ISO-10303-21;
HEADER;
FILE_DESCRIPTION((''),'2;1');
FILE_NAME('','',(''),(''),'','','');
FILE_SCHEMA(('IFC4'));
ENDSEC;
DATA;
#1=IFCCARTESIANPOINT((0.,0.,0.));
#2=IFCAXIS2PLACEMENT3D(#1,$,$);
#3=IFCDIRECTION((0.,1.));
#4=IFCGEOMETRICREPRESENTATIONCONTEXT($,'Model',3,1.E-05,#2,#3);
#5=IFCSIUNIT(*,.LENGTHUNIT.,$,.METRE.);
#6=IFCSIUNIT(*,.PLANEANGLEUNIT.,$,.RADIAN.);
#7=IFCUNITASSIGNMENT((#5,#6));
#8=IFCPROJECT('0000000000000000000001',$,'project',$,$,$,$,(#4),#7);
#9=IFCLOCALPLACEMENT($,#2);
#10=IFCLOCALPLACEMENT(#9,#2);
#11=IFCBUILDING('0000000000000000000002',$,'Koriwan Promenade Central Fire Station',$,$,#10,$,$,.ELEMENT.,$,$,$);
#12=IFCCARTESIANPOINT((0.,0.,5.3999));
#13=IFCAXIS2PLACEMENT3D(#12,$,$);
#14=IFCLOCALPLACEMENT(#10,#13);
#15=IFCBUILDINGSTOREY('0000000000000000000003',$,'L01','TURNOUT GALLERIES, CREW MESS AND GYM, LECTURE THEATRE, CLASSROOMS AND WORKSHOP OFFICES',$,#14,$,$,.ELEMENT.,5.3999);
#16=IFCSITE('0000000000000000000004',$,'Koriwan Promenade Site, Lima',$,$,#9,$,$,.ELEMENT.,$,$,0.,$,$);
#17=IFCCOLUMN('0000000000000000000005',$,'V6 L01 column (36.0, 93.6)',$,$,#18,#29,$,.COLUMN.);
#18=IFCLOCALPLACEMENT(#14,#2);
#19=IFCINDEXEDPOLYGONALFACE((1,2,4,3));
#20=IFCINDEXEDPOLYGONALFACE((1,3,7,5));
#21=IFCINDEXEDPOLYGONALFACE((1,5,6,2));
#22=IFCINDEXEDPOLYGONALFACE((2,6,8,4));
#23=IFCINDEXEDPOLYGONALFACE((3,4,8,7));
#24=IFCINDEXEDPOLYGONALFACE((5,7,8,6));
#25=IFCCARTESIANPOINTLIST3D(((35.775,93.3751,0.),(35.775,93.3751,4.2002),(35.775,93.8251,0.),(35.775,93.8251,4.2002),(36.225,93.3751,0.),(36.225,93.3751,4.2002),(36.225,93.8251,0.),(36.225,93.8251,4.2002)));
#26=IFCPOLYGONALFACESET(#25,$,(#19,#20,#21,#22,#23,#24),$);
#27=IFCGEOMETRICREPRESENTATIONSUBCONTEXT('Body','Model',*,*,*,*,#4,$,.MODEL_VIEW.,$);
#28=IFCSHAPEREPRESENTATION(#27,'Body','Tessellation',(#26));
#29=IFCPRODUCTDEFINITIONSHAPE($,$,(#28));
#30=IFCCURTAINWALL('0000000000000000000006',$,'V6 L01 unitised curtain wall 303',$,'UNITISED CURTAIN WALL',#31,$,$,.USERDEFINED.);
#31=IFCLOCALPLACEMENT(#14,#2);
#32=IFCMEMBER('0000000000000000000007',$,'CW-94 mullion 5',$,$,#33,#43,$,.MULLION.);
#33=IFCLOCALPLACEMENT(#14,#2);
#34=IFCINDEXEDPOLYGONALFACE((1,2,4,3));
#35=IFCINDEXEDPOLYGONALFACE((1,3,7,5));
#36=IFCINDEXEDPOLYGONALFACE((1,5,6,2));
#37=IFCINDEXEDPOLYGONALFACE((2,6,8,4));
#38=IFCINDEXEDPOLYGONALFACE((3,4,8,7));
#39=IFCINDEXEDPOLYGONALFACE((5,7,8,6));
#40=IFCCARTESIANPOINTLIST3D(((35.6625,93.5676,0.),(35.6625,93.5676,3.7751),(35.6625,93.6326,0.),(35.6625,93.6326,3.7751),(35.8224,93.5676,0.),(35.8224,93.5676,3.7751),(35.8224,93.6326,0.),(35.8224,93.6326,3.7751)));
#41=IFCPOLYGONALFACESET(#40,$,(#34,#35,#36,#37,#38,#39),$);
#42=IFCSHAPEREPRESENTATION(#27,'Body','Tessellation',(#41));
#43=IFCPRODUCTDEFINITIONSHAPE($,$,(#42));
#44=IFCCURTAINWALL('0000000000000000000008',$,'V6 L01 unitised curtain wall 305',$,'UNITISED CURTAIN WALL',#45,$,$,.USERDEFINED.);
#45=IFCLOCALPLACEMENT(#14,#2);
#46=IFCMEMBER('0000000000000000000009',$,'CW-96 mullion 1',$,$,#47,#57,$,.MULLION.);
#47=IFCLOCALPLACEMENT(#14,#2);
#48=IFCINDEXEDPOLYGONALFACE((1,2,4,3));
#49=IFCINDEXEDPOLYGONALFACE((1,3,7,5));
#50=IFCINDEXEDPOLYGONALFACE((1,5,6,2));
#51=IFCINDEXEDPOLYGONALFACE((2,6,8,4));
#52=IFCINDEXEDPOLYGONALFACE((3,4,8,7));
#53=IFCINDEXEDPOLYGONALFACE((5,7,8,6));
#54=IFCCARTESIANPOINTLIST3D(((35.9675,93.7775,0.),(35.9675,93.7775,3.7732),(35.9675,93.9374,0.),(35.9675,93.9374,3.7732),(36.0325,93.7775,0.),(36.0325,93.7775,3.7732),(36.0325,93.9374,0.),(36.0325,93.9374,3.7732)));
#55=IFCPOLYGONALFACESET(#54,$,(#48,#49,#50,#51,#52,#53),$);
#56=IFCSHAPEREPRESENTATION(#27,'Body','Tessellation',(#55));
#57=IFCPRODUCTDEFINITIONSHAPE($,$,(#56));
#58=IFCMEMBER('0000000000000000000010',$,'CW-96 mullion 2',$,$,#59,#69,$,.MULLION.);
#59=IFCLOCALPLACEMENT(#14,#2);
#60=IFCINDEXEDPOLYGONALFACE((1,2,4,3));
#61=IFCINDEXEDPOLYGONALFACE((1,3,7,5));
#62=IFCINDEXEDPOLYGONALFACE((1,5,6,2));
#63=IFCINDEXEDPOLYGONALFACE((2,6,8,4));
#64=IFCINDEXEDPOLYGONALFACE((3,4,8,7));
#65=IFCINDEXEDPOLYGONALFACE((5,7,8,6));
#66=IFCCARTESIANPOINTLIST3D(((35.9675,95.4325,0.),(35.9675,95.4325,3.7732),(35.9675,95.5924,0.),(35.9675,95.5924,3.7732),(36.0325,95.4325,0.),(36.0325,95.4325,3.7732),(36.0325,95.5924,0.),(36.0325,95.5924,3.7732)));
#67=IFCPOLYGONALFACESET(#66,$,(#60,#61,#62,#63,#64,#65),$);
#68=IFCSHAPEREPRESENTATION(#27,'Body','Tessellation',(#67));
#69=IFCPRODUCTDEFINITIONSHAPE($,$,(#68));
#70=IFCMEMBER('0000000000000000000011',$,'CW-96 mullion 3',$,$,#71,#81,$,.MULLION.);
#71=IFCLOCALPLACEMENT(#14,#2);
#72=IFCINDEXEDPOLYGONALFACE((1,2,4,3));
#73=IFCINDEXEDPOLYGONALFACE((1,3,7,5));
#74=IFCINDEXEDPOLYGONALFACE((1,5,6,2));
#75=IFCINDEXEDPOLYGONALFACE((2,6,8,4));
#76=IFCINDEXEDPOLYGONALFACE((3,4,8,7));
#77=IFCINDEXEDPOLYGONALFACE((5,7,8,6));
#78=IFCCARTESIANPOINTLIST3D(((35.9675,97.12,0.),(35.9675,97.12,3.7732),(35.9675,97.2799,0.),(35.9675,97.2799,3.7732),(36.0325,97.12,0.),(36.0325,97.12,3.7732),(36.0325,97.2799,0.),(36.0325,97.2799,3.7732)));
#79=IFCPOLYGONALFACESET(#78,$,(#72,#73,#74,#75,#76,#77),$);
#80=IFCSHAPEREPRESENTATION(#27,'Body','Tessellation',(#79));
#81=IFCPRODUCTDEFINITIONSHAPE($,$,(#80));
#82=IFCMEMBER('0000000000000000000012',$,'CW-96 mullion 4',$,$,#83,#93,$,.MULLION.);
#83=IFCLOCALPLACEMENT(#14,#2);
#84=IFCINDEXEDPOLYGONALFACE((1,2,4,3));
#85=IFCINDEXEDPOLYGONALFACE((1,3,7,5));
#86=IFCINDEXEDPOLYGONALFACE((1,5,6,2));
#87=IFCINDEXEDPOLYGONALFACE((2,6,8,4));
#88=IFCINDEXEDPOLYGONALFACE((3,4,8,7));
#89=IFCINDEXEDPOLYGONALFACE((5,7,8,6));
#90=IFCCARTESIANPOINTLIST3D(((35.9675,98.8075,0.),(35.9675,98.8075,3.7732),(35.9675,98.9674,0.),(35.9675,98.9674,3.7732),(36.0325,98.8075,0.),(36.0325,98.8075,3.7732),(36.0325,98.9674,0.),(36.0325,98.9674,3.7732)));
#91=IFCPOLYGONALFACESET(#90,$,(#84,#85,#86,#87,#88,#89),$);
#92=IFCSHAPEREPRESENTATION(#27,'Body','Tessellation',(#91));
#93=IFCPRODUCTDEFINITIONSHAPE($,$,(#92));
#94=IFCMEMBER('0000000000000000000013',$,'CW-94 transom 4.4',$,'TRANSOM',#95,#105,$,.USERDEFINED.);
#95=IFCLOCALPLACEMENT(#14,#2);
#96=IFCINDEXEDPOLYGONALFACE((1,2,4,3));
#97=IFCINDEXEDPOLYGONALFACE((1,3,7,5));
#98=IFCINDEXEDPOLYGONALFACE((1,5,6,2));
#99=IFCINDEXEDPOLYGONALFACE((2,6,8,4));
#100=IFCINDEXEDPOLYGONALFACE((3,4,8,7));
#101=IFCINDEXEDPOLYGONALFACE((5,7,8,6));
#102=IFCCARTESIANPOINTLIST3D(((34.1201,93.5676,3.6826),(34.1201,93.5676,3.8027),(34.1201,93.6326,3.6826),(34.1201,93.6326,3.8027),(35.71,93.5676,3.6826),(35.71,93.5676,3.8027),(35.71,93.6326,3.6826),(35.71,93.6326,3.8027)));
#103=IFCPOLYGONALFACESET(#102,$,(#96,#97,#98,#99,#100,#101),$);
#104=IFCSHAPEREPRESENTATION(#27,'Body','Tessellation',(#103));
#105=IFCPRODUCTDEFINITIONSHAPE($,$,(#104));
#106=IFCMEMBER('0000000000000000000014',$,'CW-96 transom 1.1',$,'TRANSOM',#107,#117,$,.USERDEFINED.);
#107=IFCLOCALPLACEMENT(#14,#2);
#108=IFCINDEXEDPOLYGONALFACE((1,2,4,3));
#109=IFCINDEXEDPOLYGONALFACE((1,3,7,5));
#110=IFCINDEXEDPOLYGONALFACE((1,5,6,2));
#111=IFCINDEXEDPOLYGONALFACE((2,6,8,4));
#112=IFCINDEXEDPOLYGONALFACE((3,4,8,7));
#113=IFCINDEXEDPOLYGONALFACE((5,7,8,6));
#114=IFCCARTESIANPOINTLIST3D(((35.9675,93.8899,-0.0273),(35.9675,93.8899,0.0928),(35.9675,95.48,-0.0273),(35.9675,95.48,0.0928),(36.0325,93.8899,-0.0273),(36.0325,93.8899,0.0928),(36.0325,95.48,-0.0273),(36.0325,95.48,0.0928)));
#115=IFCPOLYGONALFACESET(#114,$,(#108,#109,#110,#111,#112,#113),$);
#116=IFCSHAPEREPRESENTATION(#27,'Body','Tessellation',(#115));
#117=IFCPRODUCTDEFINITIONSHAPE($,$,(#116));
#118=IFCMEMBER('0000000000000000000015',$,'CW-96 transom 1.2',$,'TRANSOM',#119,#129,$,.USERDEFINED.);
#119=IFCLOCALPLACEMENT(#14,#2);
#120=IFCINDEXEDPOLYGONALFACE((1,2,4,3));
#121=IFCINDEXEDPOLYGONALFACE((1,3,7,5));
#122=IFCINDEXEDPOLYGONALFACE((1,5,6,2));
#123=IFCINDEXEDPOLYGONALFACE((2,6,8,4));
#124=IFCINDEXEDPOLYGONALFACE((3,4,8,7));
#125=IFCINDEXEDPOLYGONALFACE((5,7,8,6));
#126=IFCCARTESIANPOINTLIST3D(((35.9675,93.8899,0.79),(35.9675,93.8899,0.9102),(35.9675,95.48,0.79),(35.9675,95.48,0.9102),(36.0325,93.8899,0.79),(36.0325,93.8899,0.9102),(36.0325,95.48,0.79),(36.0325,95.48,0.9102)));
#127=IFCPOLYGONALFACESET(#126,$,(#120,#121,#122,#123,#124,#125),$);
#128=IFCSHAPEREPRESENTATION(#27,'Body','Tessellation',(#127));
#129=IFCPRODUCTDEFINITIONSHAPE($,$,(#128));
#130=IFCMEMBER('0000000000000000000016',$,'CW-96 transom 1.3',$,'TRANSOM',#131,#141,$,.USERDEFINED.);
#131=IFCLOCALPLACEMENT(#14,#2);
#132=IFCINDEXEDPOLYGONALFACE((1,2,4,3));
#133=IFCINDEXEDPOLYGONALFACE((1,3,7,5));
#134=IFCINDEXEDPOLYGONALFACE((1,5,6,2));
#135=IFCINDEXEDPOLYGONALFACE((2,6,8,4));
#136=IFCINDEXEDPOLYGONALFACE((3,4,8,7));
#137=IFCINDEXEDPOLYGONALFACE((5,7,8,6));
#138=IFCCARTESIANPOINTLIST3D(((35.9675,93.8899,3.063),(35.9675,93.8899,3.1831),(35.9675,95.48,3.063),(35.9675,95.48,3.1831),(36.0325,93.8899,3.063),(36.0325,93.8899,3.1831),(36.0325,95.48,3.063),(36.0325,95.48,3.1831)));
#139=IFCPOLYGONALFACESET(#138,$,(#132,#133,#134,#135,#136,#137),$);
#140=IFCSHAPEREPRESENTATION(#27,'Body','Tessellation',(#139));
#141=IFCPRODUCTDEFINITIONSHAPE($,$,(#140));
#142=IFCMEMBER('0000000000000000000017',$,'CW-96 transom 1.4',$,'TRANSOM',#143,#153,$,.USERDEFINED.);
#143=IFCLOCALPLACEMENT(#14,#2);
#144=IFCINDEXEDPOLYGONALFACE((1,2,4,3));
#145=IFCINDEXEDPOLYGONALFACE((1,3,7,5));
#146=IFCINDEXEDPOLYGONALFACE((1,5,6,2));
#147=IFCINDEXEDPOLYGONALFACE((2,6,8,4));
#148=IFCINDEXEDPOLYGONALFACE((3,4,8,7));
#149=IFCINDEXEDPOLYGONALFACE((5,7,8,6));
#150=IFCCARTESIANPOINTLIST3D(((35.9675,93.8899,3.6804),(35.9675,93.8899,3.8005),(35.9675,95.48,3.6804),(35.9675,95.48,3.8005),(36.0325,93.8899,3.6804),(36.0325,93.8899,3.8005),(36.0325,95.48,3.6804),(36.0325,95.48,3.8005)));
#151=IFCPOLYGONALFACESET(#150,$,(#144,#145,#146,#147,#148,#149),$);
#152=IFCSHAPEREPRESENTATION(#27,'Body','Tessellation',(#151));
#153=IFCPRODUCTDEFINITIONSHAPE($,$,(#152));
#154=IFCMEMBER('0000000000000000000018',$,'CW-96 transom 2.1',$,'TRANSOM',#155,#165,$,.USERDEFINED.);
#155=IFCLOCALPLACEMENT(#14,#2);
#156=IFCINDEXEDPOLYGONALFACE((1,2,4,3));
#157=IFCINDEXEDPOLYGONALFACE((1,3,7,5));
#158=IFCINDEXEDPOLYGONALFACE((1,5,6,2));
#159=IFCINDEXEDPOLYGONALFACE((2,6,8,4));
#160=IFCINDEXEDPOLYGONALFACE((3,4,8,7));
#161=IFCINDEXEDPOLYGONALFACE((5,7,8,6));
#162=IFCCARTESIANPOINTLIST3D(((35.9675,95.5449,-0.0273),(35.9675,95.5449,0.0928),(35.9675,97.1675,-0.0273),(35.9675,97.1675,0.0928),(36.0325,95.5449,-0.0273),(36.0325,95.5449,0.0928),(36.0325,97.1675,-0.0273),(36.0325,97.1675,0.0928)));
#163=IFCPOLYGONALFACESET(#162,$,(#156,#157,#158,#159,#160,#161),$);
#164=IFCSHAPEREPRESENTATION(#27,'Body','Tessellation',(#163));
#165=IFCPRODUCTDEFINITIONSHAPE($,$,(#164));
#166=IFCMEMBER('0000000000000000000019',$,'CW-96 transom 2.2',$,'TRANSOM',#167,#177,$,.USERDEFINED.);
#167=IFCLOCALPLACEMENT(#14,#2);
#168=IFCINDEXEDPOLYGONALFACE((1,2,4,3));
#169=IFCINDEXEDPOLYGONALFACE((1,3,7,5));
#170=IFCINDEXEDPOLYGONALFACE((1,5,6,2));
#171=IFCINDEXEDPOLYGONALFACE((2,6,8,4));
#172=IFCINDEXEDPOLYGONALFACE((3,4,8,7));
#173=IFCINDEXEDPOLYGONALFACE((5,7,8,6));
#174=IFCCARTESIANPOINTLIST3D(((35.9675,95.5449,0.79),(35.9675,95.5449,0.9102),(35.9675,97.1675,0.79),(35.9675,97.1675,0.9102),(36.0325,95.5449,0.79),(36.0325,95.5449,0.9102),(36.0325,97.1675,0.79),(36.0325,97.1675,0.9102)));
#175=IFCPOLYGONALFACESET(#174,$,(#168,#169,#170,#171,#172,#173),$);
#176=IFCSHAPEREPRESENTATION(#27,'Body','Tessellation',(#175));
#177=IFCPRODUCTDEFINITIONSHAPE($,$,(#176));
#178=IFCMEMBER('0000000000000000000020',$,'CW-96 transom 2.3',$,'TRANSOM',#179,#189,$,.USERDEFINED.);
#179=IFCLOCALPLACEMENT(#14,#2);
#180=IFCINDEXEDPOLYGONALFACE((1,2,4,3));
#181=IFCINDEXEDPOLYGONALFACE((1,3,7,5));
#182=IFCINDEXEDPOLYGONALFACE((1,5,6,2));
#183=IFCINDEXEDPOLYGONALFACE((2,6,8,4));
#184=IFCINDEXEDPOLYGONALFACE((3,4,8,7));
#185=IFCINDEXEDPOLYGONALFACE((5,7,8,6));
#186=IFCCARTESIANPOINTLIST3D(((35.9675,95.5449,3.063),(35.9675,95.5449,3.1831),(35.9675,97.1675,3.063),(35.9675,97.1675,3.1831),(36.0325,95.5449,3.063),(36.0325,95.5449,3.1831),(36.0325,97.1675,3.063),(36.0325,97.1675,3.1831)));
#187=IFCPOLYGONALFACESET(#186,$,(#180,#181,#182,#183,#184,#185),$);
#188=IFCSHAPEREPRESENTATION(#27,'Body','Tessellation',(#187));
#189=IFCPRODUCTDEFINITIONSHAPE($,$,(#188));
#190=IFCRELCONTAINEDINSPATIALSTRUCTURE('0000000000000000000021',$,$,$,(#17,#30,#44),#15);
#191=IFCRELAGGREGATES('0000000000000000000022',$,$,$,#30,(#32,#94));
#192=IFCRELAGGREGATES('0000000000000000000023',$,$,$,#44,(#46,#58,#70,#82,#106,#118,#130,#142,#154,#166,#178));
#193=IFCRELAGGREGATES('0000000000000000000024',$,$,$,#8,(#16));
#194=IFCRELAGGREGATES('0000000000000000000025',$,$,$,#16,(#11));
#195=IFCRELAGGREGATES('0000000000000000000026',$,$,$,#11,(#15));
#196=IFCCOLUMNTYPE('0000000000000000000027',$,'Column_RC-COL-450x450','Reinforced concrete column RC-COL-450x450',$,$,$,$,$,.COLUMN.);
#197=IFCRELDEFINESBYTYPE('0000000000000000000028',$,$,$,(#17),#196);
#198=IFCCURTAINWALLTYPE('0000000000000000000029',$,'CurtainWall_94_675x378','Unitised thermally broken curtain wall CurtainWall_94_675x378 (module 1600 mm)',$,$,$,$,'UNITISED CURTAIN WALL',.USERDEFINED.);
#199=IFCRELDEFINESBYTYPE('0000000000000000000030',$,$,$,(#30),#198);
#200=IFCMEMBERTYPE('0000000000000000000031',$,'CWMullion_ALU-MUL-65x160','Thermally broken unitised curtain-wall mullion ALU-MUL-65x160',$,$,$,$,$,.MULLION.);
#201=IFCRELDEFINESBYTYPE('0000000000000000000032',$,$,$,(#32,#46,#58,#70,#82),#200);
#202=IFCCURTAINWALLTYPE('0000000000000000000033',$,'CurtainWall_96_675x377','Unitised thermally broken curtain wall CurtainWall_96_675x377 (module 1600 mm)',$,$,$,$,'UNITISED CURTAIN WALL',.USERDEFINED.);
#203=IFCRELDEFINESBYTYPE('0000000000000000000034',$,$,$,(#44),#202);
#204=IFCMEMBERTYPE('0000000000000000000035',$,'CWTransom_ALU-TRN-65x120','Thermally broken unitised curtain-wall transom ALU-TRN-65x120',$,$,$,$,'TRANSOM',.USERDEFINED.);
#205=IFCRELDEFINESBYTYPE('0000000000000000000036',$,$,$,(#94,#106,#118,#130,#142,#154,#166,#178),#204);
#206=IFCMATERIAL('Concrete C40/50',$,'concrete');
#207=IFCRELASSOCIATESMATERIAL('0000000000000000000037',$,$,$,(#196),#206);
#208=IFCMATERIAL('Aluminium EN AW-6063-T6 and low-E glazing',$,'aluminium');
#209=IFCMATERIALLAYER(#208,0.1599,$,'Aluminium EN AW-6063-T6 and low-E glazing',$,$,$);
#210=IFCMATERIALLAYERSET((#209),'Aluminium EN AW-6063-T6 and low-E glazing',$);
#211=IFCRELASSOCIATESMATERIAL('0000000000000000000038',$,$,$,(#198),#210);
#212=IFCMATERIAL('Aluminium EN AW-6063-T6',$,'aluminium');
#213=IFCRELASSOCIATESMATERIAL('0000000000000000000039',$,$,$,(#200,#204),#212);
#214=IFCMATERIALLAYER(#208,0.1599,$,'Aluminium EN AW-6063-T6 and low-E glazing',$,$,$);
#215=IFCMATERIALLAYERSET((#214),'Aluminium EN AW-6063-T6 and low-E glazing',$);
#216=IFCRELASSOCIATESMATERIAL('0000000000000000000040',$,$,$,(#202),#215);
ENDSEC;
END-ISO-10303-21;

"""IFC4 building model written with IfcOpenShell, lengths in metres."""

from ifc_helpers import new_model, si_unit, direction, frame, origin, origin_2d, place, context, subcontext, project, spatial, rectangle, extrude, material, layer, layer_set, material_profile, profile_set, type_object, element, aggregate, save


model = new_model("IFC4")

# Units and contexts
model_context = context("Model", 3, precision=1e-05, world=origin(), true_north=direction((0.0, 1.0)))
body_context = subcontext(model_context, "Body", "Model", "MODEL_VIEW")
ifc_project = project(units=[si_unit("LENGTHUNIT", "METRE"), si_unit("PLANEANGLEUNIT", "RADIAN")], contexts=[model_context])

# Site, building, storey
site_placement = place(None, origin())
site = spatial("IfcSite", under=ifc_project, at=site_placement, Name="Koriwan Promenade Site, Lima", CompositionType="ELEMENT", RefElevation=0.0)
building_placement = place(site_placement, origin())
building = spatial("IfcBuilding", under=site, at=building_placement, Name="Koriwan Promenade Central Fire Station", CompositionType="ELEMENT")
storey_placement = place(building_placement, frame((0.0, 0.0, 5.3999)))
storey = spatial("IfcBuildingStorey", under=building, at=storey_placement, Name="L01", Description="TURNOUT GALLERIES, CREW MESS AND GYM, LECTURE THEATRE, CLASSROOMS AND WORKSHOP OFFICES", CompositionType="ELEMENT", Elevation=5.3999)

# Column
ifc_material_1 = material(Name="Concrete C40/50", Category="concrete")
ifc_material_profile_1 = material_profile(ifc_material_1, rectangle(XDim=0.45, YDim=0.45, at=origin_2d()), Name="RC-COL-450x450")
ifc_profile_set_1 = profile_set([ifc_material_profile_1], Name="Concrete C40/50")
column_type = type_object("IfcColumnType", Name="Column_RC-COL-450x450", Description="Reinforced concrete column RC-COL-450x450", PredefinedType="COLUMN", material=ifc_profile_set_1)
column_placement = place(storey_placement, frame((36.0, 93.6001, 0.0), z_axis=(0.0, 0.0, 1.0), x_axis=(1.0, 0.0, 0.0)))
element("IfcColumn", 1, at=column_placement, inside=storey, type_object=column_type, Name="V6 L01 column (36.0, 93.6)", PredefinedType="COLUMN", context=body_context, shape_type="SweptSolid", body=[
    extrude(rectangle(XDim=0.45, YDim=0.45, at=origin_2d()), origin(), (0.0, 0.0, 1.0), 4.2002),
])

# Curtain wall, member
ifc_material_2 = material(Name="Aluminium EN AW-6063-T6 and low-E glazing", Category="aluminium")
ifc_layer_1 = layer(ifc_material_2, 0.1599, Name="Aluminium EN AW-6063-T6 and low-E glazing")
ifc_layer_set_1 = layer_set([ifc_layer_1], Name="Aluminium EN AW-6063-T6 and low-E glazing")
curtain_wall_type_1 = type_object("IfcCurtainWallType", Name="CurtainWall_94_675x378", Description="Unitised thermally broken curtain wall CurtainWall_94_675x378 (module 1600 mm)", ElementType="UNITISED CURTAIN WALL", PredefinedType="USERDEFINED", material=ifc_layer_set_1)
curtain_wall_1_placement = place(storey_placement, origin())
curtain_wall_1 = element("IfcCurtainWall", 2, at=curtain_wall_1_placement, inside=storey, type_object=curtain_wall_type_1, Name="V6 L01 unitised curtain wall 303", ObjectType="UNITISED CURTAIN WALL", PredefinedType="USERDEFINED")
ifc_material_3 = material(Name="Aluminium EN AW-6063-T6", Category="aluminium")
ifc_material_profile_2 = material_profile(ifc_material_3, rectangle(XDim=0.0649, YDim=0.1599, at=origin_2d()), Name="ALU-MUL-65x160")
ifc_profile_set_2 = profile_set([ifc_material_profile_2], Name="Aluminium EN AW-6063-T6")
member_type_1 = type_object("IfcMemberType", Name="CWMullion_ALU-MUL-65x160", Description="Thermally broken unitised curtain-wall mullion ALU-MUL-65x160", PredefinedType="MULLION", material=ifc_profile_set_2)
member_1_placement = place(storey_placement, frame((35.7424, 93.6001, 0.0), z_axis=(0.0, 0.0, 1.0), x_axis=(0.0, 1.0, 0.0)))
member_1 = element("IfcMember", 3, at=member_1_placement, type_object=member_type_1, Name="CW-94 mullion 5", PredefinedType="MULLION", context=body_context, shape_type="SweptSolid", body=[
    extrude(rectangle(XDim=0.0649, YDim=0.1599, at=origin_2d()), origin(), (0.0, 0.0, 1.0), 3.7751),
])

# Curtain wall, members
ifc_layer_2 = layer(ifc_material_2, 0.1599, Name="Aluminium EN AW-6063-T6 and low-E glazing")
ifc_layer_set_2 = layer_set([ifc_layer_2], Name="Aluminium EN AW-6063-T6 and low-E glazing")
curtain_wall_type_2 = type_object("IfcCurtainWallType", Name="CurtainWall_96_675x377", Description="Unitised thermally broken curtain wall CurtainWall_96_675x377 (module 1600 mm)", ElementType="UNITISED CURTAIN WALL", PredefinedType="USERDEFINED", material=ifc_layer_set_2)
curtain_wall_2_placement = place(storey_placement, origin())
curtain_wall_2 = element("IfcCurtainWall", 4, at=curtain_wall_2_placement, inside=storey, type_object=curtain_wall_type_2, Name="V6 L01 unitised curtain wall 305", ObjectType="UNITISED CURTAIN WALL", PredefinedType="USERDEFINED")
member_2_placement = place(storey_placement, frame((36.0, 93.8574, 0.0), z_axis=(0.0, 0.0, 1.0), x_axis=(-1.0, 0.0, 0.0)))
member_2 = element("IfcMember", 5, at=member_2_placement, type_object=member_type_1, Name="CW-96 mullion 1", PredefinedType="MULLION", context=body_context, shape_type="SweptSolid", body=[
    extrude(rectangle(XDim=0.0649, YDim=0.1599, at=origin_2d()), origin(), (0.0, 0.0, 1.0), 3.7732),
])
member_3_placement = place(storey_placement, frame((36.0, 95.5125, 0.0), z_axis=(0.0, 0.0, 1.0), x_axis=(-1.0, 0.0, 0.0)))
member_3 = element("IfcMember", 6, at=member_3_placement, type_object=member_type_1, Name="CW-96 mullion 2", PredefinedType="MULLION", context=body_context, shape_type="SweptSolid", body=[
    extrude(rectangle(XDim=0.0649, YDim=0.1599, at=origin_2d()), origin(), (0.0, 0.0, 1.0), 3.7732),
])
member_4_placement = place(storey_placement, frame((36.0, 97.2, 0.0), z_axis=(0.0, 0.0, 1.0), x_axis=(-1.0, 0.0, 0.0)))
member_4 = element("IfcMember", 7, at=member_4_placement, type_object=member_type_1, Name="CW-96 mullion 3", PredefinedType="MULLION", context=body_context, shape_type="SweptSolid", body=[
    extrude(rectangle(XDim=0.0649, YDim=0.1599, at=origin_2d()), origin(), (0.0, 0.0, 1.0), 3.7732),
])
member_5_placement = place(storey_placement, frame((36.0, 98.8875, 0.0), z_axis=(0.0, 0.0, 1.0), x_axis=(-1.0, 0.0, 0.0)))
member_5 = element("IfcMember", 8, at=member_5_placement, type_object=member_type_1, Name="CW-96 mullion 4", PredefinedType="MULLION", context=body_context, shape_type="SweptSolid", body=[
    extrude(rectangle(XDim=0.0649, YDim=0.1599, at=origin_2d()), origin(), (0.0, 0.0, 1.0), 3.7732),
])

# Members
ifc_material_profile_3 = material_profile(ifc_material_3, rectangle(XDim=0.0649, YDim=0.1201, at=origin_2d()), Name="ALU-TRN-65x120")
ifc_profile_set_3 = profile_set([ifc_material_profile_3], Name="Aluminium EN AW-6063-T6")
member_type_2 = type_object("IfcMemberType", Name="CWTransom_ALU-TRN-65x120", Description="Thermally broken unitised curtain-wall transom ALU-TRN-65x120", ElementType="TRANSOM", PredefinedType="USERDEFINED", material=ifc_profile_set_3)
member_6_placement = place(storey_placement, frame((34.1201, 93.6001, 3.7427), z_axis=(1.0, 0.0, 0.0), x_axis=(0.0, 1.0, 0.0)))
member_6 = element("IfcMember", 9, at=member_6_placement, type_object=member_type_2, Name="CW-94 transom 4.4", ObjectType="TRANSOM", PredefinedType="USERDEFINED", context=body_context, shape_type="SweptSolid", body=[
    extrude(rectangle(XDim=0.0649, YDim=0.1201, at=origin_2d()), origin(), (0.0, 0.0, 1.0), 1.5898),
])
member_7_placement = place(storey_placement, frame((36.0, 93.8899, 0.0327), z_axis=(0.0, 1.0, 0.0), x_axis=(-1.0, 0.0, 0.0)))
member_7 = element("IfcMember", 10, at=member_7_placement, type_object=member_type_2, Name="CW-96 transom 1.1", ObjectType="TRANSOM", PredefinedType="USERDEFINED", context=body_context, shape_type="SweptSolid", body=[
    extrude(rectangle(XDim=0.0649, YDim=0.1201, at=origin_2d()), origin(), (0.0, 0.0, 1.0), 1.5901),
])
member_8_placement = place(storey_placement, frame((36.0, 93.8899, 0.8501), z_axis=(0.0, 1.0, 0.0), x_axis=(-1.0, 0.0, 0.0)))
member_8 = element("IfcMember", 11, at=member_8_placement, type_object=member_type_2, Name="CW-96 transom 1.2", ObjectType="TRANSOM", PredefinedType="USERDEFINED", context=body_context, shape_type="SweptSolid", body=[
    extrude(rectangle(XDim=0.0649, YDim=0.1201, at=origin_2d()), origin(), (0.0, 0.0, 1.0), 1.5901),
])
member_9_placement = place(storey_placement, frame((36.0, 93.8899, 3.123), z_axis=(0.0, 1.0, 0.0), x_axis=(-1.0, 0.0, 0.0)))
member_9 = element("IfcMember", 12, at=member_9_placement, type_object=member_type_2, Name="CW-96 transom 1.3", ObjectType="TRANSOM", PredefinedType="USERDEFINED", context=body_context, shape_type="SweptSolid", body=[
    extrude(rectangle(XDim=0.0649, YDim=0.1201, at=origin_2d()), origin(), (0.0, 0.0, 1.0), 1.5901),
])
member_10_placement = place(storey_placement, frame((36.0, 93.8899, 3.7405), z_axis=(0.0, 1.0, 0.0), x_axis=(-1.0, 0.0, 0.0)))
member_10 = element("IfcMember", 13, at=member_10_placement, type_object=member_type_2, Name="CW-96 transom 1.4", ObjectType="TRANSOM", PredefinedType="USERDEFINED", context=body_context, shape_type="SweptSolid", body=[
    extrude(rectangle(XDim=0.0649, YDim=0.1201, at=origin_2d()), origin(), (0.0, 0.0, 1.0), 1.5901),
])
member_11_placement = place(storey_placement, frame((36.0, 95.5449, 0.0327), z_axis=(0.0, 1.0, 0.0), x_axis=(-1.0, 0.0, 0.0)))
member_11 = element("IfcMember", 14, at=member_11_placement, type_object=member_type_2, Name="CW-96 transom 2.1", ObjectType="TRANSOM", PredefinedType="USERDEFINED", context=body_context, shape_type="SweptSolid", body=[
    extrude(rectangle(XDim=0.0649, YDim=0.1201, at=origin_2d()), origin(), (0.0, 0.0, 1.0), 1.6226),
])
member_12_placement = place(storey_placement, frame((36.0, 95.5449, 0.8501), z_axis=(0.0, 1.0, 0.0), x_axis=(-1.0, 0.0, 0.0)))
member_12 = element("IfcMember", 15, at=member_12_placement, type_object=member_type_2, Name="CW-96 transom 2.2", ObjectType="TRANSOM", PredefinedType="USERDEFINED", context=body_context, shape_type="SweptSolid", body=[
    extrude(rectangle(XDim=0.0649, YDim=0.1201, at=origin_2d()), origin(), (0.0, 0.0, 1.0), 1.6226),
])
member_13_placement = place(storey_placement, frame((36.0, 95.5449, 3.123), z_axis=(0.0, 1.0, 0.0), x_axis=(-1.0, 0.0, 0.0)))
member_13 = element("IfcMember", 16, at=member_13_placement, type_object=member_type_2, Name="CW-96 transom 2.3", ObjectType="TRANSOM", PredefinedType="USERDEFINED", context=body_context, shape_type="SweptSolid", body=[
    extrude(rectangle(XDim=0.0649, YDim=0.1201, at=origin_2d()), origin(), (0.0, 0.0, 1.0), 1.6226),
])

aggregate(curtain_wall_1, [member_1, member_6])
aggregate(curtain_wall_2, [member_2, member_3, member_4, member_5, member_7, member_8, member_9, member_10, member_11, member_12, member_13])

save(model, "model.ifc")
